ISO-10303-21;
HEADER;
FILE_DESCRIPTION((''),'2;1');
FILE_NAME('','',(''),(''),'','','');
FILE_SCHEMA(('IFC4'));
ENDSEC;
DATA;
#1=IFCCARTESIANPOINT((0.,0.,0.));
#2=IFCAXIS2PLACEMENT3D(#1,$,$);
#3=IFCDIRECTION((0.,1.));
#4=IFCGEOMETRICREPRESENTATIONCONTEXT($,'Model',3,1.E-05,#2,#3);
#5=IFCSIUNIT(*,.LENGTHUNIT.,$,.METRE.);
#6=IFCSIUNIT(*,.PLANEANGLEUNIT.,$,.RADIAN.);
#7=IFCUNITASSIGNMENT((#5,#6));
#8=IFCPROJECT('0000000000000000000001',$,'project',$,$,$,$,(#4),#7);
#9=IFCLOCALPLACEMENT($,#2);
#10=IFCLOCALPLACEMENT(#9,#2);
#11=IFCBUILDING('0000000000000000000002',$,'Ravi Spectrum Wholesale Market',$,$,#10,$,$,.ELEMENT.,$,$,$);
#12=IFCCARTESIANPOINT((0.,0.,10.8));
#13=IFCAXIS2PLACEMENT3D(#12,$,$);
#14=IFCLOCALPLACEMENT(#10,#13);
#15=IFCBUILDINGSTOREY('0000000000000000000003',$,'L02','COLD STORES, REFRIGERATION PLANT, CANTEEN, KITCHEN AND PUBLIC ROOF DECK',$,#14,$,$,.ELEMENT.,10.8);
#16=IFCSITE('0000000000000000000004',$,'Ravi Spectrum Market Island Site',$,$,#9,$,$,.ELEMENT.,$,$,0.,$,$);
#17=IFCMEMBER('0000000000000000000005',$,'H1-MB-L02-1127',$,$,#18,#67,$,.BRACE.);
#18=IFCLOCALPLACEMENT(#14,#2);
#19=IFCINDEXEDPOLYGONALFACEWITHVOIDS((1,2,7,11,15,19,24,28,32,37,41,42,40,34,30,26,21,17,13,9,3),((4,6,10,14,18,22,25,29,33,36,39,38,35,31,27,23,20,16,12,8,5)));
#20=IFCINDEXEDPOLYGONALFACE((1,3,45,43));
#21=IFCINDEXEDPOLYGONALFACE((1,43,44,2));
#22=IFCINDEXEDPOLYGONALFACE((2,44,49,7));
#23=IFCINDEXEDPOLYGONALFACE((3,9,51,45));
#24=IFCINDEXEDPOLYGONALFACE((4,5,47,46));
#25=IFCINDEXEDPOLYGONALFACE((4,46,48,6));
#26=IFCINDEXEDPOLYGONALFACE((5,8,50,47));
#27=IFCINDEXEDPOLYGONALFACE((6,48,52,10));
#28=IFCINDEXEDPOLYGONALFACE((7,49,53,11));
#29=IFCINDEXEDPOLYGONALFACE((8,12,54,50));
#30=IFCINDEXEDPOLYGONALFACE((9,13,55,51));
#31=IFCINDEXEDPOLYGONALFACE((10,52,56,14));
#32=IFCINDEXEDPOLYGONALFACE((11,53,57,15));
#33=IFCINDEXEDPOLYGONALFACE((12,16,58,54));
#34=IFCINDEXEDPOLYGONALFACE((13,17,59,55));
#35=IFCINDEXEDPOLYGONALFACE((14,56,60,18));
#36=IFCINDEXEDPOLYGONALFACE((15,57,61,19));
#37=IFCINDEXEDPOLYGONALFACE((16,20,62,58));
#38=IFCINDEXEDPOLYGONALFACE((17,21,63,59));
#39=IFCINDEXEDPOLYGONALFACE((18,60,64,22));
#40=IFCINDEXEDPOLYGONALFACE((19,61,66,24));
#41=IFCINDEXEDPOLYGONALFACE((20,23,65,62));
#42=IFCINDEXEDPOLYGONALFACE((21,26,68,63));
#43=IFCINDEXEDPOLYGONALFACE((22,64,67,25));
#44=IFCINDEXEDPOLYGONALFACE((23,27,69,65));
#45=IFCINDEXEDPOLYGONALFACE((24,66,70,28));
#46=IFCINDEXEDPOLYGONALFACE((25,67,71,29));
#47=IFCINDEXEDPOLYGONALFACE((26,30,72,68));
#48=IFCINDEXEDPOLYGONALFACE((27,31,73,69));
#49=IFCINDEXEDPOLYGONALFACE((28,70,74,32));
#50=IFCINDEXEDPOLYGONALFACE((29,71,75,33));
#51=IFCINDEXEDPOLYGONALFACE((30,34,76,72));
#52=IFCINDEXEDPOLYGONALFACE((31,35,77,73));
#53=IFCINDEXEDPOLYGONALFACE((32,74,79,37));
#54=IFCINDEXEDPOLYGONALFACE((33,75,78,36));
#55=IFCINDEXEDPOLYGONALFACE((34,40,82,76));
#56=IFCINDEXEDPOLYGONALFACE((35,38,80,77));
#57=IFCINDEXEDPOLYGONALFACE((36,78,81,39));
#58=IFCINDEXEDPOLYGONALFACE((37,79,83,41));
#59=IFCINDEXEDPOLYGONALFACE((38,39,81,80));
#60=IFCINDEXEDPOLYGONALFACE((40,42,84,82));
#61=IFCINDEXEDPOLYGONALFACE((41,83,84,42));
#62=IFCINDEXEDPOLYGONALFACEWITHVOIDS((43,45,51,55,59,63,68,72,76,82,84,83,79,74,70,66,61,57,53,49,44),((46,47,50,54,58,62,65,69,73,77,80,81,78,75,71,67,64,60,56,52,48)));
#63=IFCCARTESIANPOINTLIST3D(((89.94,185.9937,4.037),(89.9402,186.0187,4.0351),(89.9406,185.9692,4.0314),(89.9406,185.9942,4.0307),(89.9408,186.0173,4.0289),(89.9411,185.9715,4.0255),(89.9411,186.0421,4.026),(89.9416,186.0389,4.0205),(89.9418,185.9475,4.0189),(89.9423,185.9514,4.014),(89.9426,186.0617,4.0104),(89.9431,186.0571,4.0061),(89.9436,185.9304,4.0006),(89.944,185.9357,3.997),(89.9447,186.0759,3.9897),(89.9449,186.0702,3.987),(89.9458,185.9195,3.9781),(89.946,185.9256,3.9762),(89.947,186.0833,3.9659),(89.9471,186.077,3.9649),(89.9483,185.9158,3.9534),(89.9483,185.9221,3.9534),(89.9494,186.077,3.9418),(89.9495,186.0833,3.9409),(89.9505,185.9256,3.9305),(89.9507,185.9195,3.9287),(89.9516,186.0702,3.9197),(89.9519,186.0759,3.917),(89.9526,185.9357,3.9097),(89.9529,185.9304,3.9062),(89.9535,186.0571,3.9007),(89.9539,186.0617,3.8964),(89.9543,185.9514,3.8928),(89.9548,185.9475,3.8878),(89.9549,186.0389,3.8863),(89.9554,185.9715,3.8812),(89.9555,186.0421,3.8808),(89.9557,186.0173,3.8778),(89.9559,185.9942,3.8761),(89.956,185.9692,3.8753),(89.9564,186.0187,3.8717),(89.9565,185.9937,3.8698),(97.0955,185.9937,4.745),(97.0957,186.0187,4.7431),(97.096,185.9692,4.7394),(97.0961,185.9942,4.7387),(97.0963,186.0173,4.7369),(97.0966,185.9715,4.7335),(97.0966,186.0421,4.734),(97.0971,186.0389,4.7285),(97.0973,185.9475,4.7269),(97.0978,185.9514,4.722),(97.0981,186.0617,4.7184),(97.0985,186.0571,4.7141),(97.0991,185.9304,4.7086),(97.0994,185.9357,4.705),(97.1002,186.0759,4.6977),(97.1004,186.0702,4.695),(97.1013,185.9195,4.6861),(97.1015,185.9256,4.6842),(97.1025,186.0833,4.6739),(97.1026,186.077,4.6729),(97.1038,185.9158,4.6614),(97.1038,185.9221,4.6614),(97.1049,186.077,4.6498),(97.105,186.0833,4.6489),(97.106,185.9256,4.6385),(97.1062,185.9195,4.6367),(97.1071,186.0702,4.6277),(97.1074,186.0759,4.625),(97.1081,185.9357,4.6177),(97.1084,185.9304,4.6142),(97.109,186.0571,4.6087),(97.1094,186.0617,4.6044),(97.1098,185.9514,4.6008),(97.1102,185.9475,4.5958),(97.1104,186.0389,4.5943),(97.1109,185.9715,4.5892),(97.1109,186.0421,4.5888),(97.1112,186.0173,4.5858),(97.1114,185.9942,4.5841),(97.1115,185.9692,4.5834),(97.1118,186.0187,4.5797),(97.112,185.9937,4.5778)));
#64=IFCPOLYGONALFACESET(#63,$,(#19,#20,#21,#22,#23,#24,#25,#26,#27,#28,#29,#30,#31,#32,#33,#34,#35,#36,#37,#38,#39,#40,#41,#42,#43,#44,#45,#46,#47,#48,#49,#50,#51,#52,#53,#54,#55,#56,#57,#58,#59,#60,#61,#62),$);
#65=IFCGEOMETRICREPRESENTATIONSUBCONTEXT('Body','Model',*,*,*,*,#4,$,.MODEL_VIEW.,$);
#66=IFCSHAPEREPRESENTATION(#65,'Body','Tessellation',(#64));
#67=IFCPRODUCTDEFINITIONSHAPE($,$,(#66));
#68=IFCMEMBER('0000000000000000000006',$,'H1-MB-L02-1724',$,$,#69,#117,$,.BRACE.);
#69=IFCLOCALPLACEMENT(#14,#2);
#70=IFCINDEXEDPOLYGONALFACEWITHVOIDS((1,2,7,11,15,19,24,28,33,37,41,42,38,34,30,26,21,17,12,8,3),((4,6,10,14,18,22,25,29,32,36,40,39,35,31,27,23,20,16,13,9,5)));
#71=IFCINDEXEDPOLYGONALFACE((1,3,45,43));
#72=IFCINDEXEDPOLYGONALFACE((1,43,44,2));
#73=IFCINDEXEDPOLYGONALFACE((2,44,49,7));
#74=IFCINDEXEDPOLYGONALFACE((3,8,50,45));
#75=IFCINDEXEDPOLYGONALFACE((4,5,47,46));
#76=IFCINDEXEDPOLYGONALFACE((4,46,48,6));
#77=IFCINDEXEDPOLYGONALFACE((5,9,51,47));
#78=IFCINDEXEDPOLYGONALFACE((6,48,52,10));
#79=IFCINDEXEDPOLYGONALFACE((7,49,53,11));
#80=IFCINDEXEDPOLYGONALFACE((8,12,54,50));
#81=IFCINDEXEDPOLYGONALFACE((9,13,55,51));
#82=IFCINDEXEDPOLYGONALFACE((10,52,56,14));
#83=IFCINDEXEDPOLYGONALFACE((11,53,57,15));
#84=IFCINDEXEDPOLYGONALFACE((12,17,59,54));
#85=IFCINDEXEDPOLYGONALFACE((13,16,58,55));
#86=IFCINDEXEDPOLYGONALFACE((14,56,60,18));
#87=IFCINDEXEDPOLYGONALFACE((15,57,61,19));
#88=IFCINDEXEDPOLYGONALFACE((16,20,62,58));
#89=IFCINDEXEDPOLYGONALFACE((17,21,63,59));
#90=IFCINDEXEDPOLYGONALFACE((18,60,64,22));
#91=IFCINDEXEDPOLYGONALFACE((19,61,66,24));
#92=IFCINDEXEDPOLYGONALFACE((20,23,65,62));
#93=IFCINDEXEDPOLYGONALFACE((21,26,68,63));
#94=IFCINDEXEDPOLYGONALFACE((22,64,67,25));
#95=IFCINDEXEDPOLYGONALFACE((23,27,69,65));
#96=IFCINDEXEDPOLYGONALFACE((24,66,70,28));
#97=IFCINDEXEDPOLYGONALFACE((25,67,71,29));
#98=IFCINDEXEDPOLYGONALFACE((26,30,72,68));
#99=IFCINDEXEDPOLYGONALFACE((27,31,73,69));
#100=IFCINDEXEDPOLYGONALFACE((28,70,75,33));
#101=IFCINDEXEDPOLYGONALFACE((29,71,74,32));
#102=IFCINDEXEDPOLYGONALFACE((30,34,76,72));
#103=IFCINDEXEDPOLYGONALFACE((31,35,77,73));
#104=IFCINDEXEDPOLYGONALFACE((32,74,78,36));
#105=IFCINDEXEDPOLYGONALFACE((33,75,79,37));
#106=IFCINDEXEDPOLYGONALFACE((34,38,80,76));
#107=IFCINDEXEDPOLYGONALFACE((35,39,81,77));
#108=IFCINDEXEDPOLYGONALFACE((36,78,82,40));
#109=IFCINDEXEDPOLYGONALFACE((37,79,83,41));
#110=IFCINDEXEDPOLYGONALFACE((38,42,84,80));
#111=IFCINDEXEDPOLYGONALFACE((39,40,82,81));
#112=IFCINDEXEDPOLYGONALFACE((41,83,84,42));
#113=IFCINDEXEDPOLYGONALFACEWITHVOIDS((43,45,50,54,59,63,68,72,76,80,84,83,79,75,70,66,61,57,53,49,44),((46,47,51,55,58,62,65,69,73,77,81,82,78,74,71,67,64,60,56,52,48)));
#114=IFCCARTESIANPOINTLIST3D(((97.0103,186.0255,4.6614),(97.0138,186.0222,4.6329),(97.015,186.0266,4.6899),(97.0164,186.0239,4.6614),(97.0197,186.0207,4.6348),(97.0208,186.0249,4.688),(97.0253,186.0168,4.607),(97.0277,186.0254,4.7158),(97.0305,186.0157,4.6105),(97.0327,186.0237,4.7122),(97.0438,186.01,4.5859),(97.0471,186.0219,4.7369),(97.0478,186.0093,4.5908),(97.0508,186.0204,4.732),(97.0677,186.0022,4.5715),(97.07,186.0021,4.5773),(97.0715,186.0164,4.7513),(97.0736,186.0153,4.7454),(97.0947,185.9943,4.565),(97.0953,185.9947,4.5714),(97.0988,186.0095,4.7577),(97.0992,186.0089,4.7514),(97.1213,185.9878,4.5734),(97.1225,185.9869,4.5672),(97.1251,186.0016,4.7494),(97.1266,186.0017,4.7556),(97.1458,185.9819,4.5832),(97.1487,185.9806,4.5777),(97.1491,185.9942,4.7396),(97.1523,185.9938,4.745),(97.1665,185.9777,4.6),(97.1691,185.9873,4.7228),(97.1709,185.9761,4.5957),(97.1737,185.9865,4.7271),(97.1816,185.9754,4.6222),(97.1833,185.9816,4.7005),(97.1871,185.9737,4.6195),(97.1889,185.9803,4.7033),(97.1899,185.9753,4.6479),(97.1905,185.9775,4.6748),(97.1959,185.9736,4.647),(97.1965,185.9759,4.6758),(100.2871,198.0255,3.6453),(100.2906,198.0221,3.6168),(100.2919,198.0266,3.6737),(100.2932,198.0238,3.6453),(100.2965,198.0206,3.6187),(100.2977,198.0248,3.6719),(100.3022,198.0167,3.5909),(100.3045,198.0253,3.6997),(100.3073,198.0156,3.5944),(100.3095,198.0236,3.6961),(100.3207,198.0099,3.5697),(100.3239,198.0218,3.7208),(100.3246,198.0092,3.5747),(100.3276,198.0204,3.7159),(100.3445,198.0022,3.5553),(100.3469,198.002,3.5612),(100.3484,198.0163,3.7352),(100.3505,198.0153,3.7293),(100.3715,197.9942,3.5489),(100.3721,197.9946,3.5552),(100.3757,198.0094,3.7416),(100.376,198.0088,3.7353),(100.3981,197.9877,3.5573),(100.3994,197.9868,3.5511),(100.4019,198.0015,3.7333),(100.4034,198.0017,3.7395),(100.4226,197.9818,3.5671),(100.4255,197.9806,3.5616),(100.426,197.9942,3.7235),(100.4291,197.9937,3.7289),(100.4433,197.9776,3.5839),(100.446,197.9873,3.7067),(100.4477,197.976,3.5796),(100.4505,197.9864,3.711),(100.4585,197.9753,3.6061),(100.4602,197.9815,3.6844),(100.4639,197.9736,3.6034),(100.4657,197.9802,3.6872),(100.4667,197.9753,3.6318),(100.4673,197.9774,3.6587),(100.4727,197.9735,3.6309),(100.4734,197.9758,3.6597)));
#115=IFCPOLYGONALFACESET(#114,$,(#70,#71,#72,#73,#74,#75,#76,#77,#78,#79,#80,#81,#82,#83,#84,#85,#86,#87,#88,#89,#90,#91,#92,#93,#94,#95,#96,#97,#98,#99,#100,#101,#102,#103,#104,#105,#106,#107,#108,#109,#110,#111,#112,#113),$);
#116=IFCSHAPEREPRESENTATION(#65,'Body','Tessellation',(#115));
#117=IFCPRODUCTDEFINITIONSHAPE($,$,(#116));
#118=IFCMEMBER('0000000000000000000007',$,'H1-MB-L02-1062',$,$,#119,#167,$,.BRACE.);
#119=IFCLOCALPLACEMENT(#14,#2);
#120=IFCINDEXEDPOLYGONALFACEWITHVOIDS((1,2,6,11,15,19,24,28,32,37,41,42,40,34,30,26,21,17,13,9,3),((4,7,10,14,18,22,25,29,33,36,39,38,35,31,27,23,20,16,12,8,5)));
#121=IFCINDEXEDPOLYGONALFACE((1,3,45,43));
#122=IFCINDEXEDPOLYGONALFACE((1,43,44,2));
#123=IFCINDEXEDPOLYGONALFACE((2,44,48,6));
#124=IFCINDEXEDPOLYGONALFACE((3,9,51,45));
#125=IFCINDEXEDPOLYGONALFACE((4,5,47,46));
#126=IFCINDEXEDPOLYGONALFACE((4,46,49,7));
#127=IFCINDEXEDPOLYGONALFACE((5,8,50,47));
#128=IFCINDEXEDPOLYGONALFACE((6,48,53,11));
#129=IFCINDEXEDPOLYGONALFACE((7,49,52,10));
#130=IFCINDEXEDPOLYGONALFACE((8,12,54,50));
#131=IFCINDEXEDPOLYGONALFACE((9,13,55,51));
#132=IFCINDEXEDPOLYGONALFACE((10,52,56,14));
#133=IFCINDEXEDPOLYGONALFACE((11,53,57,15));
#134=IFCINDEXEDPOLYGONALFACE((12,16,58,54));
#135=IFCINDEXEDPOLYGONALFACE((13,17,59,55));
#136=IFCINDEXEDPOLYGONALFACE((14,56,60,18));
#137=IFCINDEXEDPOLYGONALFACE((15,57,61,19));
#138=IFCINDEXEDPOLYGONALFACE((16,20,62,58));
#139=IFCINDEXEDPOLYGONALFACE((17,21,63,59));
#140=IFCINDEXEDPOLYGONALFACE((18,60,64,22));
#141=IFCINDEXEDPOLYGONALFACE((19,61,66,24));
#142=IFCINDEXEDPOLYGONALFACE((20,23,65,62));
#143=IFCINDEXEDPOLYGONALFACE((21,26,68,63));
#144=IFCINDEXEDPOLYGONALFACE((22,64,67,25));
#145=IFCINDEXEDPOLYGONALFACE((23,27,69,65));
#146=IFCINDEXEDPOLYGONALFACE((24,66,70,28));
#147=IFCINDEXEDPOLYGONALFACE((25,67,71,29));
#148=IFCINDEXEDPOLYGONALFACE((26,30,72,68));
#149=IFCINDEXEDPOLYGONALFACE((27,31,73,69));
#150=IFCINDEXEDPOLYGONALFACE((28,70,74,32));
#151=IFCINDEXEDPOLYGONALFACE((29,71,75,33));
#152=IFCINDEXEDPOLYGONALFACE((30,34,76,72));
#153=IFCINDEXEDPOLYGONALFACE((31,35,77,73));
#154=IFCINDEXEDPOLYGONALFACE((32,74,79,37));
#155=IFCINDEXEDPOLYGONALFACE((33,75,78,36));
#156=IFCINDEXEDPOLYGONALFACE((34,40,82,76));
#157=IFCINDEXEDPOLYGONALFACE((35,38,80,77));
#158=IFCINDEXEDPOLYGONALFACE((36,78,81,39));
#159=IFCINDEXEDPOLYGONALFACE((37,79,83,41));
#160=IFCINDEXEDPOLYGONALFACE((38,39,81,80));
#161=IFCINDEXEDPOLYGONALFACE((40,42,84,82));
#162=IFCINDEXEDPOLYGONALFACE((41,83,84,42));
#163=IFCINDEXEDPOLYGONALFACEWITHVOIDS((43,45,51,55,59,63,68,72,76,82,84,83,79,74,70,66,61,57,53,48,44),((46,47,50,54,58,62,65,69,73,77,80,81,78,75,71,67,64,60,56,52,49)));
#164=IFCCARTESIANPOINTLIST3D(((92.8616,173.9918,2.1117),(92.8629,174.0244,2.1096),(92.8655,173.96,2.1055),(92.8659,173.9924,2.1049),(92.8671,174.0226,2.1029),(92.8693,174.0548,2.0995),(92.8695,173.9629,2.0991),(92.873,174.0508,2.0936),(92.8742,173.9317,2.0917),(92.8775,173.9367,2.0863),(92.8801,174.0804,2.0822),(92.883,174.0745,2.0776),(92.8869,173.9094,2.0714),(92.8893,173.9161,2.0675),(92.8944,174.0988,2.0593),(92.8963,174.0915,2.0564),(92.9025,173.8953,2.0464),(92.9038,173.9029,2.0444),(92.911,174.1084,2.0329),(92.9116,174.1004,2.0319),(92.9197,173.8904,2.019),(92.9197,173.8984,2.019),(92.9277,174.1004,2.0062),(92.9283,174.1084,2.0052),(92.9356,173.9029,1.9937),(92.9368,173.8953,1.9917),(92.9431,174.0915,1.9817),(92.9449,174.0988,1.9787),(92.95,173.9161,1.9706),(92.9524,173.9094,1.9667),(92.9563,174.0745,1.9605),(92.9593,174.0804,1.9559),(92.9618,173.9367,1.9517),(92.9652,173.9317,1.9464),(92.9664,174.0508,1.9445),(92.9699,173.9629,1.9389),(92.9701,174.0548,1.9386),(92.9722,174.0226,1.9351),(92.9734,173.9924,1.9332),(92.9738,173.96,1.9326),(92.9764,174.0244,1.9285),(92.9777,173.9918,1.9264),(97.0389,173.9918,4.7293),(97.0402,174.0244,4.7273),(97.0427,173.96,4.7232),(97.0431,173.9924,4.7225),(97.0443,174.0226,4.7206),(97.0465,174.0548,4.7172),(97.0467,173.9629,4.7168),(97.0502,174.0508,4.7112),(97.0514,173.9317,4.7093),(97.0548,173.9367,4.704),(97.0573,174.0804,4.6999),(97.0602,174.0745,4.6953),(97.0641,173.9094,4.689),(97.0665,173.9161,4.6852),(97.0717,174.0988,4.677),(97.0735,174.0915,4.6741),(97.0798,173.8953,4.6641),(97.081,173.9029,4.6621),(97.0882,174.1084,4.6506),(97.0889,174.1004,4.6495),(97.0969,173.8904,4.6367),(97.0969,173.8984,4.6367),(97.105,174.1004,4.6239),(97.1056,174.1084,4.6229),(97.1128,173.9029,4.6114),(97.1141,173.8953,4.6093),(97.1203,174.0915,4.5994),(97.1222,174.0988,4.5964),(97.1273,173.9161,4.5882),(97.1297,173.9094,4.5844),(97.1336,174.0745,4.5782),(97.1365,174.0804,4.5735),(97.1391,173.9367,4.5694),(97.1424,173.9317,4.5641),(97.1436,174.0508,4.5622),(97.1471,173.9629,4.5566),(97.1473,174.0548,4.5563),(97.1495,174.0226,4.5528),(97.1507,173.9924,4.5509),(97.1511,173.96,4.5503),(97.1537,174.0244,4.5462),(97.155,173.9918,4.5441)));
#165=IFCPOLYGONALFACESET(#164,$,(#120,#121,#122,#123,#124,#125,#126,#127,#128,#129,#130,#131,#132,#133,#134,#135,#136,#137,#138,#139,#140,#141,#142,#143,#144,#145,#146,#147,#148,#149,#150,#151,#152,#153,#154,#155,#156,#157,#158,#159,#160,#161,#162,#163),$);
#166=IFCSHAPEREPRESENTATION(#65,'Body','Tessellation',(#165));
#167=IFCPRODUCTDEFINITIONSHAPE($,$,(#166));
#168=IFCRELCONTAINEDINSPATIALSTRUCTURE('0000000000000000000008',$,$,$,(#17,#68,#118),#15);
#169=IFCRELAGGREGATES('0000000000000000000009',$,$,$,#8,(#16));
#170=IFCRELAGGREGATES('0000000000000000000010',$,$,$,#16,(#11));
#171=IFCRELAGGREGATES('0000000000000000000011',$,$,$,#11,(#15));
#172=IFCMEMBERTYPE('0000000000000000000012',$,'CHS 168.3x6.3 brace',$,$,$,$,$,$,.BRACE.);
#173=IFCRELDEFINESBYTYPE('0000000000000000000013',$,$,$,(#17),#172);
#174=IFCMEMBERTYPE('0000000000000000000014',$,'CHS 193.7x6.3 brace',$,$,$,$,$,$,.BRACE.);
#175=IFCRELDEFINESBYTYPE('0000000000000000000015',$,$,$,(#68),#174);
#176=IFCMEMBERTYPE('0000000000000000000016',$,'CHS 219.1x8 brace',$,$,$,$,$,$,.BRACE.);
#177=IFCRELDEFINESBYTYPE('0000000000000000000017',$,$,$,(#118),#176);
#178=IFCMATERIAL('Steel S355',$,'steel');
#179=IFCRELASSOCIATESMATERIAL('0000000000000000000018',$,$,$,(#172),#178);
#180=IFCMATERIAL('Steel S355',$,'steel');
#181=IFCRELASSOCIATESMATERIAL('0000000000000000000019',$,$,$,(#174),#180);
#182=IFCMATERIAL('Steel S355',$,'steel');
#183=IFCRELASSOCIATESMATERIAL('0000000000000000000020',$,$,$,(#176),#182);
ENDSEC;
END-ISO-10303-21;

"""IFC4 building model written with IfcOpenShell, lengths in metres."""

from ifc_helpers import new_model, si_unit, direction, frame, origin, origin_2d, place, context, subcontext, project, spatial, hollow_circle, extrude, material, material_profile, profile_set, type_object, element, save


model = new_model("IFC4")

# Units and contexts
model_context = context("Model", 3, precision=1e-05, world=origin(), true_north=direction((0.0, 1.0)))
body_context = subcontext(model_context, "Body", "Model", "MODEL_VIEW")
ifc_project = project(units=[si_unit("LENGTHUNIT", "METRE"), si_unit("PLANEANGLEUNIT", "RADIAN")], contexts=[model_context])

# Site, building, storey
site_placement = place(None, origin())
site = spatial("IfcSite", under=ifc_project, at=site_placement, Name="Ravi Spectrum Market Island Site", CompositionType="ELEMENT", RefElevation=0.0)
building_placement = place(site_placement, origin())
building = spatial("IfcBuilding", under=site, at=building_placement, Name="Ravi Spectrum Wholesale Market", CompositionType="ELEMENT")
storey_placement = place(building_placement, frame((0.0, 0.0, 10.8)))
storey = spatial("IfcBuildingStorey", under=building, at=storey_placement, Name="L02", Description="COLD STORES, REFRIGERATION PLANT, CANTEEN, KITCHEN AND PUBLIC ROOF DECK", CompositionType="ELEMENT", Elevation=10.8)

# Members
ifc_material_1 = material(Name="Steel S355", Category="steel")
ifc_material_profile_1 = material_profile(ifc_material_1, hollow_circle(Radius=0.0842, WallThickness=0.0063, at=origin_2d()))
ifc_profile_set_1 = profile_set([ifc_material_profile_1], Name="Steel S355")
member_type_1 = type_object("IfcMemberType", Name="CHS 168.3x6.3 brace", PredefinedType="BRACE", material=ifc_profile_set_1)
member_1_placement = place(storey_placement, frame((97.1038, 186.0, 4.6614), z_axis=(-0.995141, 0.0, -0.098465), x_axis=(0.0, -1.0, 0.0)))
element("IfcMember", 1, at=member_1_placement, inside=storey, type_object=member_type_1, Name="H1-MB-L02-1127", PredefinedType="BRACE", context=body_context, shape_type="SweptSolid", body=[
    extrude(hollow_circle(Radius=0.0842, WallThickness=0.0063, at=origin_2d()), origin(), (0.0, 0.0, 1.0), 7.1904),
])
ifc_material_2 = material(Name="Steel S355", Category="steel")
ifc_material_profile_2 = material_profile(ifc_material_2, hollow_circle(Radius=0.0969, WallThickness=0.0063, at=origin_2d()))
ifc_profile_set_2 = profile_set([ifc_material_profile_2], Name="Steel S355")
member_type_2 = type_object("IfcMemberType", Name="CHS 193.7x6.3 brace", PredefinedType="BRACE", material=ifc_profile_set_2)
member_2_placement = place(storey_placement, frame((97.1038, 186.0, 4.6614), z_axis=(0.262552, 0.961477, -0.081414), x_axis=(-0.96468, 0.263426, 0.0)))
element("IfcMember", 2, at=member_2_placement, inside=storey, type_object=member_type_2, Name="H1-MB-L02-1724", PredefinedType="BRACE", context=body_context, shape_type="SweptSolid", body=[
    extrude(hollow_circle(Radius=0.0969, WallThickness=0.0063, at=origin_2d()), origin(), (0.0, 0.0, 1.0), 12.4807),
])
ifc_material_3 = material(Name="Steel S355", Category="steel")
ifc_material_profile_3 = material_profile(ifc_material_3, hollow_circle(Radius=0.1096, WallThickness=0.0081, at=origin_2d()))
ifc_profile_set_3 = profile_set([ifc_material_profile_3], Name="Steel S355")
member_type_3 = type_object("IfcMemberType", Name="CHS 219.1x8 brace", PredefinedType="BRACE", material=ifc_profile_set_3)
for number, where, z_axis, x_axis, name in (
    (3, (97.0969, 174.0, 4.6367), (-0.847369, 0.0, -0.531005), (0.0, -1.0, 0.0), "H1-MB-L02-1062"),
):
    element("IfcMember", number, at=place(storey_placement, frame(where, z_axis=z_axis, x_axis=x_axis)), inside=storey, type_object=member_type_3, Name=name, PredefinedType="BRACE", context=body_context, shape_type="SweptSolid", body=[
        extrude(hollow_circle(Radius=0.1096, WallThickness=0.0081, at=origin_2d()), origin(), (0.0, 0.0, 1.0), 4.9297),
    ])

save(model, "model.ifc")
